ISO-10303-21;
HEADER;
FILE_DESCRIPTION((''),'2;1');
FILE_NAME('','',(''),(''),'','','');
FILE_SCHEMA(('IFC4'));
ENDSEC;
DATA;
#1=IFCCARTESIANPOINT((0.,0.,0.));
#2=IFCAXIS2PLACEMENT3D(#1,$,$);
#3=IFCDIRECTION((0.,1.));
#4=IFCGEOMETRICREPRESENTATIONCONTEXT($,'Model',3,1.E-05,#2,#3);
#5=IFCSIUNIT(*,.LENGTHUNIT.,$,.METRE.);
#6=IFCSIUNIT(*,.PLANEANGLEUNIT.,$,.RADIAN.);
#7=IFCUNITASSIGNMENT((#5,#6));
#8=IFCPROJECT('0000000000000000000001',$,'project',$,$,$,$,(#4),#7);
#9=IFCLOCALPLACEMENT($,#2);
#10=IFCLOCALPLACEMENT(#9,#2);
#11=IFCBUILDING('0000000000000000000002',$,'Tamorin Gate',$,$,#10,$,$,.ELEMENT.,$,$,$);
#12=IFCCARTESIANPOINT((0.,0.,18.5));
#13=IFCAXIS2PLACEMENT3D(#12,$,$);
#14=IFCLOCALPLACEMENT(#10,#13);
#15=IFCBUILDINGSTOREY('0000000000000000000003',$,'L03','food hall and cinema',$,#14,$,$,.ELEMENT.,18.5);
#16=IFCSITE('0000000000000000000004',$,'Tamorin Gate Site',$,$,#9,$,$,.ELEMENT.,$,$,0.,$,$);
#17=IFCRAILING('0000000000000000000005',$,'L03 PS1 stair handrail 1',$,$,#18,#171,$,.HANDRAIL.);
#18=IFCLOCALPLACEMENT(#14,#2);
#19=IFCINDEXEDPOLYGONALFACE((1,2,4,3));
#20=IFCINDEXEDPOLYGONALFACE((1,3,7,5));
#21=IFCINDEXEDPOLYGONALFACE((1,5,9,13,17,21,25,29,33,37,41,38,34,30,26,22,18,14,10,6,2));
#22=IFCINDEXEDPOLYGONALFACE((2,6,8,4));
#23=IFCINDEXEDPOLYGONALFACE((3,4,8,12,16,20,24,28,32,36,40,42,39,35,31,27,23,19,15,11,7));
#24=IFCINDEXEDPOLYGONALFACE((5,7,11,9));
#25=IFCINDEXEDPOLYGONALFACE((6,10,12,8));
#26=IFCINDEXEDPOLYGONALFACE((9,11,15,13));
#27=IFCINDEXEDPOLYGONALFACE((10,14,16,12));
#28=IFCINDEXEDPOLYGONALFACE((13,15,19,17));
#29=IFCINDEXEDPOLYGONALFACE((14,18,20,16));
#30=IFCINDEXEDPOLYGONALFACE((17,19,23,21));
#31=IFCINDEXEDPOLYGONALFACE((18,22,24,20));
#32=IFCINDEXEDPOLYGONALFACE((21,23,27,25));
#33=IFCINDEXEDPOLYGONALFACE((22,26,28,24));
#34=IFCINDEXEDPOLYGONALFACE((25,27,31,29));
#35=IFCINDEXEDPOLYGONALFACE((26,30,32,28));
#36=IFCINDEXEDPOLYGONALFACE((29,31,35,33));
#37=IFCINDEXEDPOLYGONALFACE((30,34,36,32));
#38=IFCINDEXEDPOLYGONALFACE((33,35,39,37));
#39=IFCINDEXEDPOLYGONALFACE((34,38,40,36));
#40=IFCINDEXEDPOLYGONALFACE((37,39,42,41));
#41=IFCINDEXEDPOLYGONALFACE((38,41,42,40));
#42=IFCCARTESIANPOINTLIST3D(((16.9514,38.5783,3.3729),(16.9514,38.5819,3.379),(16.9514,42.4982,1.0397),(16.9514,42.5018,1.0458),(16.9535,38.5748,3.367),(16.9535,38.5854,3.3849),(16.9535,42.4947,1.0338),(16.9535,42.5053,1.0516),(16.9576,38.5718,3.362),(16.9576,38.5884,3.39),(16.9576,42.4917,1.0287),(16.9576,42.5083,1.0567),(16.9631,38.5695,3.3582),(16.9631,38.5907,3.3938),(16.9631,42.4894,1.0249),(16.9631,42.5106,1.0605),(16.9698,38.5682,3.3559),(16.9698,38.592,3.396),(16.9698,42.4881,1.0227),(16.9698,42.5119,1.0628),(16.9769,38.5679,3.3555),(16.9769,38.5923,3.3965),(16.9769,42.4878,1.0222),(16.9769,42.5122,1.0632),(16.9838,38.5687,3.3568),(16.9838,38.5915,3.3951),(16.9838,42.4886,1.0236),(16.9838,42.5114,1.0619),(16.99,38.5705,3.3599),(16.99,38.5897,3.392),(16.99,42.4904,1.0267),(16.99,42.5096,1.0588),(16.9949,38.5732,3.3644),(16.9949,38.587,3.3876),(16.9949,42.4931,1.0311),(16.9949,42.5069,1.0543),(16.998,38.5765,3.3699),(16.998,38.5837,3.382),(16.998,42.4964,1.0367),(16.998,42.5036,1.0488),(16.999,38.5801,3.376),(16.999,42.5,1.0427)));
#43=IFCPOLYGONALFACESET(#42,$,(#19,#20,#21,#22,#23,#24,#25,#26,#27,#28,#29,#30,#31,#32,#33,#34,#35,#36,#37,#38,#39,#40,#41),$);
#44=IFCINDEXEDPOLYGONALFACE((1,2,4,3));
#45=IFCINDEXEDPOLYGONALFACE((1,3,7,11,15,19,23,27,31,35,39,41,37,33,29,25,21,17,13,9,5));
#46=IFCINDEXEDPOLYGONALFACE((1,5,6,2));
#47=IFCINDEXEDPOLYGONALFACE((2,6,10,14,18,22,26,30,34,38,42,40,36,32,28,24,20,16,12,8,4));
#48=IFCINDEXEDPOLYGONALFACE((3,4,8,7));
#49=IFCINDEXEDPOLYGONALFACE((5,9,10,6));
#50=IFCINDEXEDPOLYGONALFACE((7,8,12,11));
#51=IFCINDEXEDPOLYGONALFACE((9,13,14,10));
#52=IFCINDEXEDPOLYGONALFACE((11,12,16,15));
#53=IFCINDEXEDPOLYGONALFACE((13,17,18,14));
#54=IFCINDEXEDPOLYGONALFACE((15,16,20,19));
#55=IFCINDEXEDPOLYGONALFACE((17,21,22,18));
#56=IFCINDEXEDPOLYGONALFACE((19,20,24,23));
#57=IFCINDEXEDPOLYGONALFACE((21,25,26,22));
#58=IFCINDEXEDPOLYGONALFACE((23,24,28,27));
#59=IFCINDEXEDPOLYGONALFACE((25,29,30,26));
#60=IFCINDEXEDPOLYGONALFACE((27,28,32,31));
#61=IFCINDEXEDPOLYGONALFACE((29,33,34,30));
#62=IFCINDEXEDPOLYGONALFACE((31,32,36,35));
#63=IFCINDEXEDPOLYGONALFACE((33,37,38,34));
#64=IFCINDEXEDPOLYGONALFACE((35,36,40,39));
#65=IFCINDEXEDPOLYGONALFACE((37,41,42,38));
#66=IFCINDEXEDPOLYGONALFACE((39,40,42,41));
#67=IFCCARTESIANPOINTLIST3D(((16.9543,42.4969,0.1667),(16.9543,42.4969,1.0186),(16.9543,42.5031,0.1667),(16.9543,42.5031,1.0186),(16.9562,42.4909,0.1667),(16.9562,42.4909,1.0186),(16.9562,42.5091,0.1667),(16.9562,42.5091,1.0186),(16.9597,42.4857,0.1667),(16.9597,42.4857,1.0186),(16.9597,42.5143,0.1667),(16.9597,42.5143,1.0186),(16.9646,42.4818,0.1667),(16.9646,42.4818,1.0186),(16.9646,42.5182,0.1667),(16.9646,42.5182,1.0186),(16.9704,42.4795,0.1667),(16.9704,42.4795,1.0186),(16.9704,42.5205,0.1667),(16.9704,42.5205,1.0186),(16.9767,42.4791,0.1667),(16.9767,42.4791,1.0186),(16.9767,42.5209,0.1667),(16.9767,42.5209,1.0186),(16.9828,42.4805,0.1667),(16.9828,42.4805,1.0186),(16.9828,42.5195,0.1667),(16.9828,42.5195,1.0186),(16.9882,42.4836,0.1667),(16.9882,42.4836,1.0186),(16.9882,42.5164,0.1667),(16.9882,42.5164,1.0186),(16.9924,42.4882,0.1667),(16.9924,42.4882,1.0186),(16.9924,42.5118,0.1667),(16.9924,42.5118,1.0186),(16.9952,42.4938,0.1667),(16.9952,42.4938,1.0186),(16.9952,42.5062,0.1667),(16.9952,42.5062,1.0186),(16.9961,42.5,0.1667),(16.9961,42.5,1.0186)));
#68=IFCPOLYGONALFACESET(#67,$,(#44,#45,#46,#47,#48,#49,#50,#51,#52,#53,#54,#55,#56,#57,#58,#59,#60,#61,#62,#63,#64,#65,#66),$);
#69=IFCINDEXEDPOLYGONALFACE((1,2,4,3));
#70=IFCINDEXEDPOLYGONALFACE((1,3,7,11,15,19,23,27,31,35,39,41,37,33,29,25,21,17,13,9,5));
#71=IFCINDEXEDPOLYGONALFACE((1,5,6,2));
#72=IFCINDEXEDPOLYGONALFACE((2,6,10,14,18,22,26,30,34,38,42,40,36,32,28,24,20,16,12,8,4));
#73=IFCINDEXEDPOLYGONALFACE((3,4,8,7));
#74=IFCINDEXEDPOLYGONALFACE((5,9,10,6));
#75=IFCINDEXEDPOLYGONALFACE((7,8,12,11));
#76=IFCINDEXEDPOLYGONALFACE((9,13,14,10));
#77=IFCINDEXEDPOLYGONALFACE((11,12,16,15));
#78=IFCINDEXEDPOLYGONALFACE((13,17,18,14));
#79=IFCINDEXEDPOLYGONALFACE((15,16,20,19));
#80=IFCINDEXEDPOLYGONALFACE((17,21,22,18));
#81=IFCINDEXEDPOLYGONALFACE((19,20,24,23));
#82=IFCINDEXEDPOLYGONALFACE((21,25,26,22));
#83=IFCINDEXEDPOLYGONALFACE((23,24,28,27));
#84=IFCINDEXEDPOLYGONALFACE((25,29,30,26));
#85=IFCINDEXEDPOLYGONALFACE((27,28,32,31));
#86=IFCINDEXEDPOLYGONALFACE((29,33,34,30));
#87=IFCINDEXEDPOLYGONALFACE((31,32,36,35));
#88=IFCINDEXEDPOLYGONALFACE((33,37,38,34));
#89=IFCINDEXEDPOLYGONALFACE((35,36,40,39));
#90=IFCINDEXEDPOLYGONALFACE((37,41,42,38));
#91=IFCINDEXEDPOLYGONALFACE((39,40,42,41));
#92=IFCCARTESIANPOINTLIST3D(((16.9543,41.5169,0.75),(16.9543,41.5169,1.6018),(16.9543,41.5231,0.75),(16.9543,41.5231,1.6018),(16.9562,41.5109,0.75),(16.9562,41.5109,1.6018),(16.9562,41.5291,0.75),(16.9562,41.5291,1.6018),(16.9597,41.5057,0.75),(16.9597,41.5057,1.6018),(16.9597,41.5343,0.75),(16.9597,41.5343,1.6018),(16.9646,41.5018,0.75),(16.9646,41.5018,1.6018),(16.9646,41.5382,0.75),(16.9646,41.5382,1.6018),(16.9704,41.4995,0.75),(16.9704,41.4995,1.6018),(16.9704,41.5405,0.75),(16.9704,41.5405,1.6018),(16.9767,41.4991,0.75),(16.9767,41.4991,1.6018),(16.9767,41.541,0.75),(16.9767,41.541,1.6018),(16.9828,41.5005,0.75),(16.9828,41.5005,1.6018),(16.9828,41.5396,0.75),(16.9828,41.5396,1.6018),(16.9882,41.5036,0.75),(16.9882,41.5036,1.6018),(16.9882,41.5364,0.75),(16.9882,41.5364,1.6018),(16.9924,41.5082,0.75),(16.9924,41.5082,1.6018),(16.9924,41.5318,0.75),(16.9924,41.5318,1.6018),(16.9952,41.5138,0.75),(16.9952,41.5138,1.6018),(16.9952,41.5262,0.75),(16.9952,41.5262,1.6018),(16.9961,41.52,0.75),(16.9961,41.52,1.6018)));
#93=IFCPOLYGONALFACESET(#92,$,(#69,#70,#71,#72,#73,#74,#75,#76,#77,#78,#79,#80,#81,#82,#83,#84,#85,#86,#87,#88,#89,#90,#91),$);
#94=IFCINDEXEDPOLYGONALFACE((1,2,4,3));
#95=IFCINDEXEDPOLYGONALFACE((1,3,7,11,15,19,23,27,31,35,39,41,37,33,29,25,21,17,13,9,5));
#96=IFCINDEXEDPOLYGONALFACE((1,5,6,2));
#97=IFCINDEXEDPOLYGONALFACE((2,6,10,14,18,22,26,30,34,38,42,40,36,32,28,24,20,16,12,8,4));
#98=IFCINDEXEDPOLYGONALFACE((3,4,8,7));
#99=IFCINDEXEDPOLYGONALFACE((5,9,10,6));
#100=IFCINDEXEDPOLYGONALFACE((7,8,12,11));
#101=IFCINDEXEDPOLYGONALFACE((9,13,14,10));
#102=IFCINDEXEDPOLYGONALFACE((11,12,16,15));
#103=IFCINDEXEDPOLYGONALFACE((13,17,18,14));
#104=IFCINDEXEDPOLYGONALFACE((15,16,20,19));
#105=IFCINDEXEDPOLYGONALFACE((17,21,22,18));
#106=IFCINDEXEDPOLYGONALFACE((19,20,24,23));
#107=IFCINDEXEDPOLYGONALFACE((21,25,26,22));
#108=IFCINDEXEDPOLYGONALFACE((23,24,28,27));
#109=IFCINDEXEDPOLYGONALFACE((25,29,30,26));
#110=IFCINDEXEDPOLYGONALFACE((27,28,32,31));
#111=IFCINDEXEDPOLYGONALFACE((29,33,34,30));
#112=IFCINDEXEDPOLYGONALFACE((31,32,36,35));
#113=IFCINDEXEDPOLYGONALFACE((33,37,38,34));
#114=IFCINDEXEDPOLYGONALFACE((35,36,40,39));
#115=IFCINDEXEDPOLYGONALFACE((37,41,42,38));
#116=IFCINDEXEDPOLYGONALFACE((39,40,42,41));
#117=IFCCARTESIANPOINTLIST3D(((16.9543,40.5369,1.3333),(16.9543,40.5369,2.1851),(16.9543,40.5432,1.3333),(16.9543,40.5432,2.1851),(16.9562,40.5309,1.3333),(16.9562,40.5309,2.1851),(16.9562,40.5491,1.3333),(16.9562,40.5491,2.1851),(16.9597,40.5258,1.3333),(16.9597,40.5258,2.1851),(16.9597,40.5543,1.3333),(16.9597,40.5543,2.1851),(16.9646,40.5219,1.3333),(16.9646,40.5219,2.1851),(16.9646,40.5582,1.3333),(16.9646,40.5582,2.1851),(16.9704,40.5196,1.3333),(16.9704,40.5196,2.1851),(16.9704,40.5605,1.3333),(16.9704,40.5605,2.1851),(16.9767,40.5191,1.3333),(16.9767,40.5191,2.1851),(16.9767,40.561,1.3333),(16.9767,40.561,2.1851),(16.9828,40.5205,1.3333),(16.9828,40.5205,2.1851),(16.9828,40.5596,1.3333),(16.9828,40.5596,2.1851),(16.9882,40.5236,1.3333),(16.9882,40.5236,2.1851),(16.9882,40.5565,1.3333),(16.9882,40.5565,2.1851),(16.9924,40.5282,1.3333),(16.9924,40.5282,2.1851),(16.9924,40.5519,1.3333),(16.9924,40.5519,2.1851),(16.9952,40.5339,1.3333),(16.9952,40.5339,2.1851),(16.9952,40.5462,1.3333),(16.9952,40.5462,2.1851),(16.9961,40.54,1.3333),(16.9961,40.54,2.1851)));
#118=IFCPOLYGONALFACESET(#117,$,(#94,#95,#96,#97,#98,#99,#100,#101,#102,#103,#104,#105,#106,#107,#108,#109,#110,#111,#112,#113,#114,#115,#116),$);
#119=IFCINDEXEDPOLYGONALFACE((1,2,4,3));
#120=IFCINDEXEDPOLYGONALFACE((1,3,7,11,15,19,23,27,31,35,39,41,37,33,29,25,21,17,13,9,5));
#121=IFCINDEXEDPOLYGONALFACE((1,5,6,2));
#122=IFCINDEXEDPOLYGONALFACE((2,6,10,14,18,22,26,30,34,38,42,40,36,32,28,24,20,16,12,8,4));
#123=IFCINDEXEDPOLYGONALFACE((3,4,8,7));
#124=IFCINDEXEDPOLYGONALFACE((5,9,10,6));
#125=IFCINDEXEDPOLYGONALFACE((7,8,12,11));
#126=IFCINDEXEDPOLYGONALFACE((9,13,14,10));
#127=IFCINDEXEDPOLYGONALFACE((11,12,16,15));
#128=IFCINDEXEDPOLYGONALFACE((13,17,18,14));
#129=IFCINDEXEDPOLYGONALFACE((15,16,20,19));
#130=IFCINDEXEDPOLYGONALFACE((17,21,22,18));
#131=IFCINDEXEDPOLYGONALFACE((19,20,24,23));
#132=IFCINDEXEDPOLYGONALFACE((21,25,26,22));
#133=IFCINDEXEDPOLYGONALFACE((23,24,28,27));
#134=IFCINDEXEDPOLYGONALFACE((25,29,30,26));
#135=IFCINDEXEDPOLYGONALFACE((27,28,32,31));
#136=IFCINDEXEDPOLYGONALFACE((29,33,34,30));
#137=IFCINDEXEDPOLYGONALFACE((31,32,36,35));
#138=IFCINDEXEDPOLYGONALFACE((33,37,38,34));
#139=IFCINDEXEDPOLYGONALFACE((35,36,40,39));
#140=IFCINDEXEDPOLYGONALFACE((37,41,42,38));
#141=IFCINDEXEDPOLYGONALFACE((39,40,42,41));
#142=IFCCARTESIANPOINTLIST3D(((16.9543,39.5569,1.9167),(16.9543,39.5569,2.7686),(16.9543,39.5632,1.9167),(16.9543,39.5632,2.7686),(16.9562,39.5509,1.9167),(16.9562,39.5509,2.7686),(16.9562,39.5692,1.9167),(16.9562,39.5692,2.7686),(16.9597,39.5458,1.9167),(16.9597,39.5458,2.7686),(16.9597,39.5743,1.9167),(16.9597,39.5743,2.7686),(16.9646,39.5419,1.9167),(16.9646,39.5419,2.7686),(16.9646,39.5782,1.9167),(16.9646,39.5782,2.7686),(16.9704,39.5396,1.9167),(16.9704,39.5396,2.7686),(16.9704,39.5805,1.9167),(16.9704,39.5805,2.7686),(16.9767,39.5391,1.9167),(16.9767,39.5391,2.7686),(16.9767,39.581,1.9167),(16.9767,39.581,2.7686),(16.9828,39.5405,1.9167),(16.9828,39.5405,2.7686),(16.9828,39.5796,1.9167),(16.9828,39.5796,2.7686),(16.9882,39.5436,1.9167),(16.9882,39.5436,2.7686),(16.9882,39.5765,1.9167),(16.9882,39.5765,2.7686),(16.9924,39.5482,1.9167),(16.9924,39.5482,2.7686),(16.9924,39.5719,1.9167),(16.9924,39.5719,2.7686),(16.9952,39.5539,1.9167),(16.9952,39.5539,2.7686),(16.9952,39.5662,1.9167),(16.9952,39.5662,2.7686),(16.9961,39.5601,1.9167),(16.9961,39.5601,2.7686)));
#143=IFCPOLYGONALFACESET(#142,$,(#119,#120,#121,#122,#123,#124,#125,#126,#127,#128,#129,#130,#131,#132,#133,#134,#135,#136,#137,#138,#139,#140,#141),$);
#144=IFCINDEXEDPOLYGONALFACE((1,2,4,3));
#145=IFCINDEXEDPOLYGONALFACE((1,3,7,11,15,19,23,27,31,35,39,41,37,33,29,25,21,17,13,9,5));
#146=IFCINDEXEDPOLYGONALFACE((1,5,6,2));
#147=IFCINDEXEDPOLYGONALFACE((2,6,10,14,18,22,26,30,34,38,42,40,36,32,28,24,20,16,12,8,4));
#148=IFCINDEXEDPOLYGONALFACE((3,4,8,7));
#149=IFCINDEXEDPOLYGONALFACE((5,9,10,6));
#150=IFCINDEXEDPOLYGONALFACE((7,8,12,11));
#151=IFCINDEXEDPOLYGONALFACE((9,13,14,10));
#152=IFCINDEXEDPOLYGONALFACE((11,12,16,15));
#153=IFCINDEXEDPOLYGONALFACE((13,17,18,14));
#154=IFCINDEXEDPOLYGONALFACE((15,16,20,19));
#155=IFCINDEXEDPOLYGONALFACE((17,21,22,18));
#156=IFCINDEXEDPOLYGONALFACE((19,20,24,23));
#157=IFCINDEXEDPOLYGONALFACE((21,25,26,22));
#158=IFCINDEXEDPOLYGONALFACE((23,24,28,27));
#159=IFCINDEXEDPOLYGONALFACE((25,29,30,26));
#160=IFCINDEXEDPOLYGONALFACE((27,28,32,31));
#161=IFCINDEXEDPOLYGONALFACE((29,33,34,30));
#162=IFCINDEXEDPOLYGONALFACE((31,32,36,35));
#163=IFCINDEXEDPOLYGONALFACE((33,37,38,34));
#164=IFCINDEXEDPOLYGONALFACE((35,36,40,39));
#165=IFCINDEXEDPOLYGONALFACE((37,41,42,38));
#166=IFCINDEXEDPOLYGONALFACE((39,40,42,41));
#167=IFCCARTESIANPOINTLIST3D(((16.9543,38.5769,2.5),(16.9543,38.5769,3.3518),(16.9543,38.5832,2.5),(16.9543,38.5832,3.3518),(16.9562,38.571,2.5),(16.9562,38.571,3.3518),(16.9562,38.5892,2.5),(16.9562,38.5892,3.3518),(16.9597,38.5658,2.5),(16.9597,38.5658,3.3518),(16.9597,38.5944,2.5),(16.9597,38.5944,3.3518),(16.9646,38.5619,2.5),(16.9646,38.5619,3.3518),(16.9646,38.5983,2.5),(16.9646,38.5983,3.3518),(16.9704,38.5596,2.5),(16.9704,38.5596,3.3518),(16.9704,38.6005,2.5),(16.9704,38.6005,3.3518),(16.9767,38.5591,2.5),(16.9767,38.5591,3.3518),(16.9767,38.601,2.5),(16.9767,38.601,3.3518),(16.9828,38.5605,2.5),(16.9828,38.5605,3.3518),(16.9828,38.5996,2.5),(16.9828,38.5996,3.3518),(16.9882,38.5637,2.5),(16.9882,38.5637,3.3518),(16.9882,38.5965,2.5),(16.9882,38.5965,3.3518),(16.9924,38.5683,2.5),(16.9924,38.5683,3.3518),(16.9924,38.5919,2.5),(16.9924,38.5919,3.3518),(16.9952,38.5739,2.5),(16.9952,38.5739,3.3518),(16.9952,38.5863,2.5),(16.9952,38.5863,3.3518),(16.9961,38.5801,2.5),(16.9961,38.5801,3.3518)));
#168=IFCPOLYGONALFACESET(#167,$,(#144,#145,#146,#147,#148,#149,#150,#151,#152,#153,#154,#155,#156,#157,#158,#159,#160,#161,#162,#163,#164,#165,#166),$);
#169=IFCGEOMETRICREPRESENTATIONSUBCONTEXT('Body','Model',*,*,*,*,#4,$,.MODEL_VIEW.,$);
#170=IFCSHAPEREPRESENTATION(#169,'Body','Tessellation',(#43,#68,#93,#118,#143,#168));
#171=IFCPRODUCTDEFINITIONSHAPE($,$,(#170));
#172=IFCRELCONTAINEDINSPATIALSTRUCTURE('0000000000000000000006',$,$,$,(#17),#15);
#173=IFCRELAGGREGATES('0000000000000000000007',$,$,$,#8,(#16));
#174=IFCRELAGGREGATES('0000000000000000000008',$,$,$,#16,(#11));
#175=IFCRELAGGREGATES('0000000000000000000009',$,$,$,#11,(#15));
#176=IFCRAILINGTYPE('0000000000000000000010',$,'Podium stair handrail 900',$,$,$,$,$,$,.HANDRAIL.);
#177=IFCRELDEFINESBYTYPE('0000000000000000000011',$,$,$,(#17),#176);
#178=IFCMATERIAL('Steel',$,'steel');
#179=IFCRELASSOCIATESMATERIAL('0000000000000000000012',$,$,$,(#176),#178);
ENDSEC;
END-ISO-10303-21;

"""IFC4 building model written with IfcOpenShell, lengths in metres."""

from ifc_helpers import new_model, si_unit, direction, frame, origin, origin_2d, place, context, subcontext, project, spatial, circle, extrude, material, type_object, element, save


model = new_model("IFC4")

# Units and contexts
model_context = context("Model", 3, precision=1e-05, world=origin(), true_north=direction((0.0, 1.0)))
body_context = subcontext(model_context, "Body", "Model", "MODEL_VIEW")
ifc_project = project(units=[si_unit("LENGTHUNIT", "METRE"), si_unit("PLANEANGLEUNIT", "RADIAN")], contexts=[model_context])

# Site, building, storey
site_placement = place(None, origin())
site = spatial("IfcSite", under=ifc_project, at=site_placement, Name="Tamorin Gate Site", CompositionType="ELEMENT", RefElevation=0.0)
building_placement = place(site_placement, origin())
building = spatial("IfcBuilding", under=site, at=building_placement, Name="Tamorin Gate", CompositionType="ELEMENT")
storey_placement = place(building_placement, frame((0.0, 0.0, 18.5)))
storey = spatial("IfcBuildingStorey", under=building, at=storey_placement, Name="L03", Description="food hall and cinema", CompositionType="ELEMENT", Elevation=18.5)

# Railing
ifc_material_1 = material(Name="Steel", Category="steel")
railing_type_1 = type_object("IfcRailingType", Name="Podium stair handrail 900", PredefinedType="HANDRAIL", material=ifc_material_1)
railing_1_placement = place(storey_placement, frame((16.9751, 42.5, 0.1667)))
element("IfcRailing", 1, at=railing_1_placement, inside=storey, type_object=railing_type_1, Name="L03 PS1 stair handrail 1", PredefinedType="HANDRAIL", context=body_context, shape_type="SweptSolid", body=[
    extrude(circle(Radius=0.0239, at=origin_2d()), frame((0.0, 0.0, 0.876), z_axis=(0.0, -0.859296, 0.511478), x_axis=(1.0, 0.0, 0.0)), (0.0, 0.0, 1.0), 4.5618),
    extrude(circle(Radius=0.021, at=origin_2d()), origin(), (0.0, 0.0, 1.0), 0.8518),
    extrude(circle(Radius=0.021, at=origin_2d()), frame((0.0, -0.98, 0.5833)), (0.0, 0.0, 1.0), 0.8518),
    extrude(circle(Radius=0.021, at=origin_2d()), frame((0.0, -1.96, 1.1665)), (0.0, 0.0, 1.0), 0.8518),
    extrude(circle(Radius=0.021, at=origin_2d()), frame((0.0, -2.9399, 1.75)), (0.0, 0.0, 1.0), 0.8518),
    extrude(circle(Radius=0.021, at=origin_2d()), frame((0.0, -3.9199, 2.3333)), (0.0, 0.0, 1.0), 0.8518),
])

save(model, "model.ifc")
